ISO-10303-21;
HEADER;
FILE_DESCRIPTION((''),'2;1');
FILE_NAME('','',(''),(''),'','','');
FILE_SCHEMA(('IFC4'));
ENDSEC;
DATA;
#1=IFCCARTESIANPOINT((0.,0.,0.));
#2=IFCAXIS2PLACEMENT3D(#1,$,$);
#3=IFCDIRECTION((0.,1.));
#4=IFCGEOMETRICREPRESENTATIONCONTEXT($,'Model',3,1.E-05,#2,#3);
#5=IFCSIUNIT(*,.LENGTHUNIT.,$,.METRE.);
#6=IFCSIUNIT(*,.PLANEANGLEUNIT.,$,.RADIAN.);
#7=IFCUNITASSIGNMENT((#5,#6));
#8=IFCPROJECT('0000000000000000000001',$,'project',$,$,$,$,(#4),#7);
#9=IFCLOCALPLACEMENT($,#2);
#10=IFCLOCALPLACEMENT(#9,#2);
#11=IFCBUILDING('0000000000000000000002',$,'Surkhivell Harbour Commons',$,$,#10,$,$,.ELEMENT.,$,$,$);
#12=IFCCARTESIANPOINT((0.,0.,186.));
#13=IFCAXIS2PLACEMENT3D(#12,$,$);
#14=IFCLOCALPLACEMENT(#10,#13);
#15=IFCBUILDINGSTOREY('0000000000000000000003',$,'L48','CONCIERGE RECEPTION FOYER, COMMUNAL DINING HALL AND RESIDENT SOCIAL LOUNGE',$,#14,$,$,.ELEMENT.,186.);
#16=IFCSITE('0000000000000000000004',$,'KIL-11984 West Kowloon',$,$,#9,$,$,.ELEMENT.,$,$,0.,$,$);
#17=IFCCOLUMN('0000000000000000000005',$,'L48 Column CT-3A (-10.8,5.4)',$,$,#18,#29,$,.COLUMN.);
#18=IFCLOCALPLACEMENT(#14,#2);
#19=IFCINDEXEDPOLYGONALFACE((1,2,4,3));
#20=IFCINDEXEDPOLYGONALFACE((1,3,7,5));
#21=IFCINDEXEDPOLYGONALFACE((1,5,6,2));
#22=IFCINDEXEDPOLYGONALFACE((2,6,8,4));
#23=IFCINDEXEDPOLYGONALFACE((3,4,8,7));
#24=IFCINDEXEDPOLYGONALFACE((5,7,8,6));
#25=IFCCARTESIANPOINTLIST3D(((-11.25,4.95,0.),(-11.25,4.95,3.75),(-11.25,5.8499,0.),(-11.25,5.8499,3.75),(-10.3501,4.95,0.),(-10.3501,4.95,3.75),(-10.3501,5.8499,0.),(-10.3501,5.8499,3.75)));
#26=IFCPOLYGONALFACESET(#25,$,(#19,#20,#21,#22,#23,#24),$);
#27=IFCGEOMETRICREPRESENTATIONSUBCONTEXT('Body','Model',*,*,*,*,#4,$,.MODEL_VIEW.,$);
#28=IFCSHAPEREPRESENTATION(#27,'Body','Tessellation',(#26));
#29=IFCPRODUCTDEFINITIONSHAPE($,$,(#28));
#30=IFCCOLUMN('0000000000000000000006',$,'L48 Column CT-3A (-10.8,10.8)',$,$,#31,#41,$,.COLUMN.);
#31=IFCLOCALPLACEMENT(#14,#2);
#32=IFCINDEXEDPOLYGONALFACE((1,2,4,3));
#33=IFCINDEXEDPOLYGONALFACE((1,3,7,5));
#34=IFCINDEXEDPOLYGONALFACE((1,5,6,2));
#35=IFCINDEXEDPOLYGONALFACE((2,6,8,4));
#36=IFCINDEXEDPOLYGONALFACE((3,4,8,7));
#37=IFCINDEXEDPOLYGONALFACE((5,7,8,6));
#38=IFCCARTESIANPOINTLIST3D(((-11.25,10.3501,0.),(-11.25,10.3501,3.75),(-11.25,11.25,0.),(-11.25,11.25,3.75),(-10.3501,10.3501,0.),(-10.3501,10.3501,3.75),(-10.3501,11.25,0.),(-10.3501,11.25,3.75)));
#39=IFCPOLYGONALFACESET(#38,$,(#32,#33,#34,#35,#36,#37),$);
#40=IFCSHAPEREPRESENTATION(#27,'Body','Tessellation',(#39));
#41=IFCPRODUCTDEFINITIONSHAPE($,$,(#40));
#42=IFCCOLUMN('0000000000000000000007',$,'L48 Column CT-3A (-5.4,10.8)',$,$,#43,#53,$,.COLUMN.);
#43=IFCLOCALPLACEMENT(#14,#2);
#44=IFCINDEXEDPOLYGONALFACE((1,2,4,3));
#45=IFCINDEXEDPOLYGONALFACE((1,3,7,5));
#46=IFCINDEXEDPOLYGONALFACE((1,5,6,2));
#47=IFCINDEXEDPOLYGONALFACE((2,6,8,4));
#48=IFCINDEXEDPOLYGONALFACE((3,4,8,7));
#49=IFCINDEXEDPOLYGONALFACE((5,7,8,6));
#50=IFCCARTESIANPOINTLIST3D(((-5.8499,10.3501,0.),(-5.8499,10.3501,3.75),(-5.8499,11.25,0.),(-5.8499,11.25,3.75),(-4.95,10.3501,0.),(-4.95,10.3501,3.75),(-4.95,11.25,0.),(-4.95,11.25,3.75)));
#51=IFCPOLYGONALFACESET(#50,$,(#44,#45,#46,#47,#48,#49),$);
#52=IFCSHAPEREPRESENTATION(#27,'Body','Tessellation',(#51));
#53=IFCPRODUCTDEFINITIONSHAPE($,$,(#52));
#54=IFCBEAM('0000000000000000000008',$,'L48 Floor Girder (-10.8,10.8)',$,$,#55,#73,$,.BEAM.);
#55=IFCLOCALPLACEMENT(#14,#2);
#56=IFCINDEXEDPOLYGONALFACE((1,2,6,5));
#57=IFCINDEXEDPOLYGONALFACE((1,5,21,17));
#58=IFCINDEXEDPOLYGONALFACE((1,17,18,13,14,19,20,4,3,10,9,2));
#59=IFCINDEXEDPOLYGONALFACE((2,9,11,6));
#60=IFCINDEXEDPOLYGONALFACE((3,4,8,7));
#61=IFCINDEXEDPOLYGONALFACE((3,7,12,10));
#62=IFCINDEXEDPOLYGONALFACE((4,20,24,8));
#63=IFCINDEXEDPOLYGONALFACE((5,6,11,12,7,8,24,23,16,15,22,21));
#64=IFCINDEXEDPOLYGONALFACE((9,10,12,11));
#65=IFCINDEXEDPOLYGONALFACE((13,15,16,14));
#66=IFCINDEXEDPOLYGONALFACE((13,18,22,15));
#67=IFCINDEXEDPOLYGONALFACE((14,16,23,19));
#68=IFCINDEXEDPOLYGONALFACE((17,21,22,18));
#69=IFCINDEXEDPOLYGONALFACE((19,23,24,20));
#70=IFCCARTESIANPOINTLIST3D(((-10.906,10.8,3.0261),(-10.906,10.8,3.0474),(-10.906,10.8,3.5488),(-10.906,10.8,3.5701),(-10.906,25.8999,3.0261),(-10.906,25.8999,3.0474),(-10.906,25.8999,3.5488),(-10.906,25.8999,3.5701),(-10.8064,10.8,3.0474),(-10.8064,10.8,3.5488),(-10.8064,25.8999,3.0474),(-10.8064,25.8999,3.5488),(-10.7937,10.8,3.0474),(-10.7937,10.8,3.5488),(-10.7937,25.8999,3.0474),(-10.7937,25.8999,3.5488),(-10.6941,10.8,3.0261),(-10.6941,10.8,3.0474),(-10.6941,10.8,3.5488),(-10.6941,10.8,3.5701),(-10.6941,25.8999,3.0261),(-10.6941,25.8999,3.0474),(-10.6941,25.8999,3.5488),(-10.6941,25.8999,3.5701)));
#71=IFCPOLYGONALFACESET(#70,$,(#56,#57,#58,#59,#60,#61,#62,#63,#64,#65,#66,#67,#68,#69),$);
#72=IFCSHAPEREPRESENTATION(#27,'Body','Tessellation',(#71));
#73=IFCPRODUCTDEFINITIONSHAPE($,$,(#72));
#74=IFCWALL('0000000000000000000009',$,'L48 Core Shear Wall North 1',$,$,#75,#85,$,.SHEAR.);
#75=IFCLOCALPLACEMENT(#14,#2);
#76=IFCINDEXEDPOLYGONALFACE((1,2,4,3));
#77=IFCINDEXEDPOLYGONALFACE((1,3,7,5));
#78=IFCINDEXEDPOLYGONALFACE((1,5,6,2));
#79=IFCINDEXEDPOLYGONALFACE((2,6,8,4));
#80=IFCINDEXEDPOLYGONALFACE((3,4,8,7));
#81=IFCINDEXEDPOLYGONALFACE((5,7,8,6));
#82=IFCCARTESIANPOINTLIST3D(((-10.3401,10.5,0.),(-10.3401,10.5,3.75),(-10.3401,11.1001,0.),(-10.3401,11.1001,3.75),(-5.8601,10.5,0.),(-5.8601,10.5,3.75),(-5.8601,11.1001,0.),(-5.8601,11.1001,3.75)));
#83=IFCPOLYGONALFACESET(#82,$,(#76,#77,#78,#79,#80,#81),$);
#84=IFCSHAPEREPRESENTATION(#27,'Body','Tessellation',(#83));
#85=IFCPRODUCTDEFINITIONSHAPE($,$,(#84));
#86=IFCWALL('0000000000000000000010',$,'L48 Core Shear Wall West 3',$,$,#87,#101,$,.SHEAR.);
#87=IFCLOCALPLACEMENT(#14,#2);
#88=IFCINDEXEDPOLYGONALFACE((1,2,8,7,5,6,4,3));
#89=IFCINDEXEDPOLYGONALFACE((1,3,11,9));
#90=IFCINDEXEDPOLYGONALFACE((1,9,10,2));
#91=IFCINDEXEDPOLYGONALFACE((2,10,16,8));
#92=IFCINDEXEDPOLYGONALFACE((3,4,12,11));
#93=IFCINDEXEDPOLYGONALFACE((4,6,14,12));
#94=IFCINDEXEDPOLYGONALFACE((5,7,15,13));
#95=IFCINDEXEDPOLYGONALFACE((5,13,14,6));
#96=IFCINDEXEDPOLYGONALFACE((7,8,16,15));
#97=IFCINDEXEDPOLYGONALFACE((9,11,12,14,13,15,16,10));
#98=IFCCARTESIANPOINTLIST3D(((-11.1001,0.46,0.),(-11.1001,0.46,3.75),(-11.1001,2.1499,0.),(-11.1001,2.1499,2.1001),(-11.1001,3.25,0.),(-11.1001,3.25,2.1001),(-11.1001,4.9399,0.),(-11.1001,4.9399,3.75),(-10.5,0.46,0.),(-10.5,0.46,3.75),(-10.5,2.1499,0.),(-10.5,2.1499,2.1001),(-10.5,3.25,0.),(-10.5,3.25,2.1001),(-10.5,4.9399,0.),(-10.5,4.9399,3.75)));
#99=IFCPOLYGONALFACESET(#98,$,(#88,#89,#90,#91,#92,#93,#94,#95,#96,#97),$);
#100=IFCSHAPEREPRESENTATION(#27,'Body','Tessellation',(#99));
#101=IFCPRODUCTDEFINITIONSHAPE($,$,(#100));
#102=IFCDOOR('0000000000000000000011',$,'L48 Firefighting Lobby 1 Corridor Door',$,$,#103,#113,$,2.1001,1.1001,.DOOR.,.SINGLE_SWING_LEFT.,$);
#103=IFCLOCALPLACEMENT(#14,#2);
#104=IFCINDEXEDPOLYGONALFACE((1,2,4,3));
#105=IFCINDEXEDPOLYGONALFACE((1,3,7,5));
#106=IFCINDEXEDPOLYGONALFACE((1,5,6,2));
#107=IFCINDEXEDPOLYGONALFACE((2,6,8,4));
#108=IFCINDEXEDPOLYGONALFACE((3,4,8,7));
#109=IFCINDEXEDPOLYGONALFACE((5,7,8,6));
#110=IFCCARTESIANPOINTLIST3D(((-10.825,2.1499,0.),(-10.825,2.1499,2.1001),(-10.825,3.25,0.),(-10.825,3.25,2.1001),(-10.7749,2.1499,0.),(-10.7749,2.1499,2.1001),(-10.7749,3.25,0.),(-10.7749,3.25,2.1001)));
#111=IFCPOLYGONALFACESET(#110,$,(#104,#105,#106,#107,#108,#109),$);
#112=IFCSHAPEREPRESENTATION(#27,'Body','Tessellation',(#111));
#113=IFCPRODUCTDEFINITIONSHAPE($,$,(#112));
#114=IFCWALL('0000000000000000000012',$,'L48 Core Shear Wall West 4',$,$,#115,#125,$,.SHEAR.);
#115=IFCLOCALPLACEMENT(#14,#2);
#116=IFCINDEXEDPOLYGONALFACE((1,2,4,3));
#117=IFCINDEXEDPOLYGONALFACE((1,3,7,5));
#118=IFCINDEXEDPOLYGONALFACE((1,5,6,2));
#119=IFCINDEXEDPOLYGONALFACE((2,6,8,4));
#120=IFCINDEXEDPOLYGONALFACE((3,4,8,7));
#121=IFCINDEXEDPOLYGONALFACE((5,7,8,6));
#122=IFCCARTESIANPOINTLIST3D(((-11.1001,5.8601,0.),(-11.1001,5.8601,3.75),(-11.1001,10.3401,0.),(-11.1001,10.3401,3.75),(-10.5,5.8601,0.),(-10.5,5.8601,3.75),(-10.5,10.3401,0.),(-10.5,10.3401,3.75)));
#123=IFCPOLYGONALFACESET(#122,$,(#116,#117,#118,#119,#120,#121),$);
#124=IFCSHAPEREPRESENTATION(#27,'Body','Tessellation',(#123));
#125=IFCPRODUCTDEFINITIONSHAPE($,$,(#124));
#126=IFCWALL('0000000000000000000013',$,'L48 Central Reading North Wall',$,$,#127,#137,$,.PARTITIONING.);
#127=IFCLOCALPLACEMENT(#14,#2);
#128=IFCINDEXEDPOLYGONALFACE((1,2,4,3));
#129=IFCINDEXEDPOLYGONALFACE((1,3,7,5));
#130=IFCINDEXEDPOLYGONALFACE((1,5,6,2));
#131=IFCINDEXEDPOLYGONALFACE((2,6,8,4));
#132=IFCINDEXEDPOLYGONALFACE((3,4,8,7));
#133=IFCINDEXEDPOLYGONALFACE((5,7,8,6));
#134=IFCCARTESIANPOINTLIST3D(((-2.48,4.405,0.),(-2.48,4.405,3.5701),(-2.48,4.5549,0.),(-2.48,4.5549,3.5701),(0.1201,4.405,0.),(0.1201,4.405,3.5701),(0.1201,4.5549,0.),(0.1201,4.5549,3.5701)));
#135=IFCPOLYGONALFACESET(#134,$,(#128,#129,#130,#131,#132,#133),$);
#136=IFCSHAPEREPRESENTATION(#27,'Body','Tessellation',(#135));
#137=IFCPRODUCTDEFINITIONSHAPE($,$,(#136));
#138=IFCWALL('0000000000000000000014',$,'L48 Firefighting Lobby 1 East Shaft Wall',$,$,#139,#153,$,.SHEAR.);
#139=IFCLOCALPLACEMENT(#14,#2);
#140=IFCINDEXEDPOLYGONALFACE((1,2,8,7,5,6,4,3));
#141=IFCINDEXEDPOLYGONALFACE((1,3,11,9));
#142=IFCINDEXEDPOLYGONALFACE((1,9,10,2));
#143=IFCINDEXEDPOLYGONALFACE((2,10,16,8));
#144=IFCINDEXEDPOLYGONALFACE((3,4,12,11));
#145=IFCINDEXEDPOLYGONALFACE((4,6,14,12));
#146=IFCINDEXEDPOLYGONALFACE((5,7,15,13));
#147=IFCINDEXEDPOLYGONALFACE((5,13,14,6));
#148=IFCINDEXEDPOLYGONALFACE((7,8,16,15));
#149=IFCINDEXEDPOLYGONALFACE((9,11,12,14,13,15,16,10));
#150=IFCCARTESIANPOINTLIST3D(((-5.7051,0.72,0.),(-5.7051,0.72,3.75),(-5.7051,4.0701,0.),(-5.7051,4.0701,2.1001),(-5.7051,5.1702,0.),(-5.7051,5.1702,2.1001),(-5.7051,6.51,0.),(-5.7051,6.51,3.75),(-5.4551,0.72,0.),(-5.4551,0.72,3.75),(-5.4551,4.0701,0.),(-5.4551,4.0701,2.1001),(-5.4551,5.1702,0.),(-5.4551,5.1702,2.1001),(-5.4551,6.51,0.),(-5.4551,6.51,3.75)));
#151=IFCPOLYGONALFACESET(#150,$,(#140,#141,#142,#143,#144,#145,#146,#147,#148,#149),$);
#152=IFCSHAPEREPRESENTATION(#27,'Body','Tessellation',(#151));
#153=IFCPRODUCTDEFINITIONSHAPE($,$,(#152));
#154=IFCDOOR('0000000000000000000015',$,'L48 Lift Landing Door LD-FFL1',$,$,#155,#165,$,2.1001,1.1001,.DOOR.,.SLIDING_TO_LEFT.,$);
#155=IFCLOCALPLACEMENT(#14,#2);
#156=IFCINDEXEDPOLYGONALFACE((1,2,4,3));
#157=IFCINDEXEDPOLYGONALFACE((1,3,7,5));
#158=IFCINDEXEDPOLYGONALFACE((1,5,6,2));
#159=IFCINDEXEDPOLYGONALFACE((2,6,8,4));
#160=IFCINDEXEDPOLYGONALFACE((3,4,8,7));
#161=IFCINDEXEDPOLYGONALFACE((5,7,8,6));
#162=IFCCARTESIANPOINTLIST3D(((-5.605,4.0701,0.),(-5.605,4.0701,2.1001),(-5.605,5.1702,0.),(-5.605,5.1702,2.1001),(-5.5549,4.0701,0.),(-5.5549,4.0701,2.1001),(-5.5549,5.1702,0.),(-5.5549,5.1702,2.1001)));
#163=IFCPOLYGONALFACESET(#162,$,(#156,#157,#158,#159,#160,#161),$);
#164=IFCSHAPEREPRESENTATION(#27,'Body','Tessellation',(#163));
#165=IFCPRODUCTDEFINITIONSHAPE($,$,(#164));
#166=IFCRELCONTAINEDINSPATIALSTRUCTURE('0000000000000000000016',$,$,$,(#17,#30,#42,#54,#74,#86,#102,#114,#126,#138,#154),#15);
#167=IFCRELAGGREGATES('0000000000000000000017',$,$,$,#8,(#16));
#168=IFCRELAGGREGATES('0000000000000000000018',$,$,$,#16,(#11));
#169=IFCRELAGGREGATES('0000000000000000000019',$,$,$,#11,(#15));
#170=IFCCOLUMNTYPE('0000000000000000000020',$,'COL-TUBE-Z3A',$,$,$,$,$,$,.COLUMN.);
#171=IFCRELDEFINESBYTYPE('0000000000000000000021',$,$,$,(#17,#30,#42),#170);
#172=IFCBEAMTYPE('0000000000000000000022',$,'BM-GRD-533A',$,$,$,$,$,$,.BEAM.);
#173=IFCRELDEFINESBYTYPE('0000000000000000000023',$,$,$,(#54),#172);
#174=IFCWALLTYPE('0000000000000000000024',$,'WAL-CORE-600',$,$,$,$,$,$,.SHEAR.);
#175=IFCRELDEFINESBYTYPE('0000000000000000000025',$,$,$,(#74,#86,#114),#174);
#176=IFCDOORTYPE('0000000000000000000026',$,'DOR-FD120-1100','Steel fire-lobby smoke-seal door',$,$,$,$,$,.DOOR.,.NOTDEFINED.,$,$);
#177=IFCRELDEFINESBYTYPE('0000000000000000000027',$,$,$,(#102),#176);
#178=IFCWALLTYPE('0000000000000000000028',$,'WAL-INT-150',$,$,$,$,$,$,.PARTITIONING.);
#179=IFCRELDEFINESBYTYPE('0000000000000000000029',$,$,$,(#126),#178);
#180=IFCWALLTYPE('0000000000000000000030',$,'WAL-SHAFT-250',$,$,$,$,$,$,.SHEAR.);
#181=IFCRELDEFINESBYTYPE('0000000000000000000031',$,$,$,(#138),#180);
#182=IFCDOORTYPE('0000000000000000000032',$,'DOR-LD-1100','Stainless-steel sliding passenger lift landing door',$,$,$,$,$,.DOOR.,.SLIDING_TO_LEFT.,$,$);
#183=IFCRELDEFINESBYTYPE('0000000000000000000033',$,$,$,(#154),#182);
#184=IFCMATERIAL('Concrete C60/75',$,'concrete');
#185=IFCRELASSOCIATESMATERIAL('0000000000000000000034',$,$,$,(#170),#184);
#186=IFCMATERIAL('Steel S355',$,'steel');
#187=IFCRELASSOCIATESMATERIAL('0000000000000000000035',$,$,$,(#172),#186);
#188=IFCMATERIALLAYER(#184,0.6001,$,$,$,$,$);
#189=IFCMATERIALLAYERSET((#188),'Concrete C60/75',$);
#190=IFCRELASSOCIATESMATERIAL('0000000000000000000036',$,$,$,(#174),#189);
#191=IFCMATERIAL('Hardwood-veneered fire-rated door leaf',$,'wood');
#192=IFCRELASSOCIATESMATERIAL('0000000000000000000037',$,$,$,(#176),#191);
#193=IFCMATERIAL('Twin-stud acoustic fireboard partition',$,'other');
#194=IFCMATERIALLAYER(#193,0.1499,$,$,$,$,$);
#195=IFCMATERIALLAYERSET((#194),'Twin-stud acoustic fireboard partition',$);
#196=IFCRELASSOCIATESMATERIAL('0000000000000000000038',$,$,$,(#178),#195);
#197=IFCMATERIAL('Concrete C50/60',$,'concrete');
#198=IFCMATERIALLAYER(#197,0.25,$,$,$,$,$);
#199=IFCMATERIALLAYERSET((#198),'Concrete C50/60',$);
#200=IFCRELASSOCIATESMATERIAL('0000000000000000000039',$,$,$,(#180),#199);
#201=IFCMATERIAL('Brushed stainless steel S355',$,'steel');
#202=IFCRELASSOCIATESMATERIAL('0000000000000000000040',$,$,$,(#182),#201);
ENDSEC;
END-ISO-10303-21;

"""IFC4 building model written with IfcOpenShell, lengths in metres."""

from ifc_helpers import new_model, si_unit, direction, frame, frame_2d, origin, origin_2d, place, context, subcontext, project, spatial, rectangle, i_section, extrude, material, layer, layer_set, material_profile, profile_set, type_object, element, fill, save


model = new_model("IFC4")

# Units and contexts
model_context = context("Model", 3, precision=1e-05, world=origin(), true_north=direction((0.0, 1.0)))
body_context = subcontext(model_context, "Body", "Model", "MODEL_VIEW")
ifc_project = project(units=[si_unit("LENGTHUNIT", "METRE"), si_unit("PLANEANGLEUNIT", "RADIAN")], contexts=[model_context])

# Site, building, storey
site_placement = place(None, origin())
site = spatial("IfcSite", under=ifc_project, at=site_placement, Name="KIL-11984 West Kowloon", CompositionType="ELEMENT", RefElevation=0.0)
building_placement = place(site_placement, origin())
building = spatial("IfcBuilding", under=site, at=building_placement, Name="Surkhivell Harbour Commons", CompositionType="ELEMENT")
storey_placement = place(building_placement, frame((0.0, 0.0, 186.0)))
storey = spatial("IfcBuildingStorey", under=building, at=storey_placement, Name="L48", Description="CONCIERGE RECEPTION FOYER, COMMUNAL DINING HALL AND RESIDENT SOCIAL LOUNGE", CompositionType="ELEMENT", Elevation=186.0)

# Columns
ifc_material_1 = material(Name="Concrete C60/75", Category="concrete")
ifc_material_profile_1 = material_profile(ifc_material_1, rectangle(XDim=0.8999, YDim=0.8999, at=origin_2d()), Name="RC-COL-900x900")
ifc_profile_set_1 = profile_set([ifc_material_profile_1], Name="Concrete C60/75")
column_type = type_object("IfcColumnType", Name="COL-TUBE-Z3A", PredefinedType="COLUMN", material=ifc_profile_set_1)
for number, where, z_axis, x_axis, name in (
    (1, (-10.8, 5.3999, 0.0), (0.0, 0.0, 1.0), (1.0, 0.0, 0.0), "L48 Column CT-3A (-10.8,5.4)"),
    (2, (-10.8, 10.8, 0.0), (0.0, 0.0, 1.0), (1.0, 0.0, 0.0), "L48 Column CT-3A (-10.8,10.8)"),
    (3, (-5.3999, 10.8, 0.0), (0.0, 0.0, 1.0), (1.0, 0.0, 0.0), "L48 Column CT-3A (-5.4,10.8)"),
):
    element("IfcColumn", number, at=place(storey_placement, frame(where, z_axis=z_axis, x_axis=x_axis)), inside=storey, type_object=column_type, Name=name, PredefinedType="COLUMN", context=body_context, shape_type="SweptSolid", body=[
        extrude(rectangle(XDim=0.8999, YDim=0.8999, at=origin_2d()), origin(), (0.0, 0.0, 1.0), 3.75),
    ])

# Beam
ifc_material_2 = material(Name="Steel S355", Category="steel")
ifc_material_profile_2 = material_profile(ifc_material_2, i_section(OverallWidth=0.2119, OverallDepth=0.5439, WebThickness=0.0127, FlangeThickness=0.0212, at=origin_2d()), Name="UB533x210x122")
ifc_profile_set_2 = profile_set([ifc_material_profile_2], Name="Steel S355")
beam_type = type_object("IfcBeamType", Name="BM-GRD-533A", PredefinedType="BEAM", material=ifc_profile_set_2)
beam_placement = place(storey_placement, frame((-10.8, 10.8, 3.2981), z_axis=(0.0, 1.0, 0.0), x_axis=(-1.0, 0.0, 0.0)))
element("IfcBeam", 4, at=beam_placement, inside=storey, type_object=beam_type, Name="L48 Floor Girder (-10.8,10.8)", PredefinedType="BEAM", context=body_context, shape_type="SweptSolid", body=[
    extrude(i_section(OverallWidth=0.2119, OverallDepth=0.5439, WebThickness=0.0127, FlangeThickness=0.0212, at=origin_2d()), origin(), (0.0, 0.0, 1.0), 15.0999),
])

# Wall
ifc_layer_1 = layer(ifc_material_1, 0.6001)
ifc_layer_set_1 = layer_set([ifc_layer_1], Name="Concrete C60/75")
wall_type_1 = type_object("IfcWallType", Name="WAL-CORE-600", PredefinedType="SHEAR", material=ifc_layer_set_1)
wall_1_placement = place(storey_placement, frame((-10.3401, 10.8, 0.0), z_axis=(0.0, 0.0, 1.0), x_axis=(1.0, 0.0, 0.0)))
element("IfcWall", 5, at=wall_1_placement, inside=storey, type_object=wall_type_1, Name="L48 Core Shear Wall North 1", PredefinedType="SHEAR", context=body_context, shape_type="SweptSolid", body=[
    extrude(rectangle(XDim=4.48, YDim=0.6001, at=frame_2d((2.24, 0.0))), origin(), (0.0, 0.0, 1.0), 3.75),
])

# Wall, opening, door
wall_2_placement = place(storey_placement, frame((-10.8, 0.46, 0.0), z_axis=(0.0, 0.0, 1.0), x_axis=(0.0, 1.0, 0.0)))
wall_2 = element("IfcWall", 6, at=wall_2_placement, inside=storey, type_object=wall_type_1, Name="L48 Core Shear Wall West 3", PredefinedType="SHEAR", context=body_context, shape_type="SweptSolid", body=[
    extrude(rectangle(XDim=4.48, YDim=0.6001, at=frame_2d((2.24, 0.0))), origin(), (0.0, 0.0, 1.0), 3.75),
])
opening_1_placement = place(wall_2_placement, frame((1.6899, 0.0, 0.0)))
opening_1 = element("IfcOpeningElement", 7, at=opening_1_placement, cuts=wall_2, PredefinedType="OPENING", context=body_context, shape_type="SweptSolid", body=[
    extrude(rectangle(XDim=1.1001, YDim=2.1001, at=frame_2d((0.55, 1.05))), frame((0.0, 0.3101, 0.0), z_axis=(0.0, -1.0, 0.0), x_axis=(1.0, 0.0, 0.0)), (0.0, 0.0, 1.0), 0.6201),
])
ifc_material_3 = material(Name="Hardwood-veneered fire-rated door leaf", Category="wood")
door_type_1 = type_object("IfcDoorType", Name="DOR-FD120-1100", Description="Steel fire-lobby smoke-seal door", OperationType="NOTDEFINED", PredefinedType="DOOR", material=ifc_material_3)
door_1_placement = place(opening_1_placement, origin())
door_1 = element("IfcDoor", 8, at=door_1_placement, inside=storey, type_object=door_type_1, Name="L48 Firefighting Lobby 1 Corridor Door", OperationType="SINGLE_SWING_LEFT", OverallHeight=2.1001, OverallWidth=1.1001, PredefinedType="DOOR", context=body_context, shape_type="SweptSolid", body=[
    extrude(rectangle(XDim=1.1001, YDim=2.1001, at=frame_2d((0.55, 1.05))), frame((0.0, 0.0249, 0.0), z_axis=(0.0, -1.0, 0.0), x_axis=(1.0, 0.0, 0.0)), (0.0, 0.0, 1.0), 0.05),
])
fill(opening_1, door_1)

# Walls
wall_3_placement = place(storey_placement, frame((-10.8, 5.8601, 0.0), z_axis=(0.0, 0.0, 1.0), x_axis=(0.0, 1.0, 0.0)))
element("IfcWall", 9, at=wall_3_placement, inside=storey, type_object=wall_type_1, Name="L48 Core Shear Wall West 4", PredefinedType="SHEAR", context=body_context, shape_type="SweptSolid", body=[
    extrude(rectangle(XDim=4.48, YDim=0.6001, at=frame_2d((2.24, 0.0))), origin(), (0.0, 0.0, 1.0), 3.75),
])
ifc_material_4 = material(Name="Twin-stud acoustic fireboard partition", Category="other")
ifc_layer_2 = layer(ifc_material_4, 0.1499)
ifc_layer_set_2 = layer_set([ifc_layer_2], Name="Twin-stud acoustic fireboard partition")
wall_type_2 = type_object("IfcWallType", Name="WAL-INT-150", PredefinedType="PARTITIONING", material=ifc_layer_set_2)
wall_4_placement = place(storey_placement, frame((-2.48, 4.48, 0.0), z_axis=(0.0, 0.0, 1.0), x_axis=(1.0, 0.0, 0.0)))
element("IfcWall", 10, at=wall_4_placement, inside=storey, type_object=wall_type_2, Name="L48 Central Reading North Wall", PredefinedType="PARTITIONING", context=body_context, shape_type="SweptSolid", body=[
    extrude(rectangle(XDim=2.6001, YDim=0.1499, at=frame_2d((1.3, 0.0))), origin(), (0.0, 0.0, 1.0), 3.5701),
])

# Wall, opening, door
ifc_material_5 = material(Name="Concrete C50/60", Category="concrete")
ifc_layer_3 = layer(ifc_material_5, 0.25)
ifc_layer_set_3 = layer_set([ifc_layer_3], Name="Concrete C50/60")
wall_type_3 = type_object("IfcWallType", Name="WAL-SHAFT-250", PredefinedType="SHEAR", material=ifc_layer_set_3)
wall_5_placement = place(storey_placement, frame((-5.5801, 0.72, 0.0), z_axis=(0.0, 0.0, 1.0), x_axis=(0.0, 1.0, 0.0)))
wall_5 = element("IfcWall", 11, at=wall_5_placement, inside=storey, type_object=wall_type_3, Name="L48 Firefighting Lobby 1 East Shaft Wall", PredefinedType="SHEAR", context=body_context, shape_type="SweptSolid", body=[
    extrude(rectangle(XDim=5.79, YDim=0.25, at=frame_2d((2.895, 0.0))), origin(), (0.0, 0.0, 1.0), 3.75),
])
opening_2_placement = place(wall_5_placement, frame((3.3501, 0.0, 0.0)))
opening_2 = element("IfcOpeningElement", 12, at=opening_2_placement, cuts=wall_5, PredefinedType="OPENING", context=body_context, shape_type="SweptSolid", body=[
    extrude(rectangle(XDim=1.1001, YDim=2.1001, at=frame_2d((0.55, 1.05))), frame((0.0, 0.135, 0.0), z_axis=(0.0, -1.0, 0.0), x_axis=(1.0, 0.0, 0.0)), (0.0, 0.0, 1.0), 0.27),
])
ifc_material_6 = material(Name="Brushed stainless steel S355", Category="steel")
door_type_2 = type_object("IfcDoorType", Name="DOR-LD-1100", Description="Stainless-steel sliding passenger lift landing door", OperationType="SLIDING_TO_LEFT", PredefinedType="DOOR", material=ifc_material_6)
door_2_placement = place(opening_2_placement, origin())
door_2 = element("IfcDoor", 13, at=door_2_placement, inside=storey, type_object=door_type_2, Name="L48 Lift Landing Door LD-FFL1", OperationType="SLIDING_TO_LEFT", OverallHeight=2.1001, OverallWidth=1.1001, PredefinedType="DOOR", context=body_context, shape_type="SweptSolid", body=[
    extrude(rectangle(XDim=1.1001, YDim=2.1001, at=frame_2d((0.55, 1.05))), frame((0.0, 0.0249, 0.0), z_axis=(0.0, -1.0, 0.0), x_axis=(1.0, 0.0, 0.0)), (0.0, 0.0, 1.0), 0.05),
])
fill(opening_2, door_2)

save(model, "model.ifc")
